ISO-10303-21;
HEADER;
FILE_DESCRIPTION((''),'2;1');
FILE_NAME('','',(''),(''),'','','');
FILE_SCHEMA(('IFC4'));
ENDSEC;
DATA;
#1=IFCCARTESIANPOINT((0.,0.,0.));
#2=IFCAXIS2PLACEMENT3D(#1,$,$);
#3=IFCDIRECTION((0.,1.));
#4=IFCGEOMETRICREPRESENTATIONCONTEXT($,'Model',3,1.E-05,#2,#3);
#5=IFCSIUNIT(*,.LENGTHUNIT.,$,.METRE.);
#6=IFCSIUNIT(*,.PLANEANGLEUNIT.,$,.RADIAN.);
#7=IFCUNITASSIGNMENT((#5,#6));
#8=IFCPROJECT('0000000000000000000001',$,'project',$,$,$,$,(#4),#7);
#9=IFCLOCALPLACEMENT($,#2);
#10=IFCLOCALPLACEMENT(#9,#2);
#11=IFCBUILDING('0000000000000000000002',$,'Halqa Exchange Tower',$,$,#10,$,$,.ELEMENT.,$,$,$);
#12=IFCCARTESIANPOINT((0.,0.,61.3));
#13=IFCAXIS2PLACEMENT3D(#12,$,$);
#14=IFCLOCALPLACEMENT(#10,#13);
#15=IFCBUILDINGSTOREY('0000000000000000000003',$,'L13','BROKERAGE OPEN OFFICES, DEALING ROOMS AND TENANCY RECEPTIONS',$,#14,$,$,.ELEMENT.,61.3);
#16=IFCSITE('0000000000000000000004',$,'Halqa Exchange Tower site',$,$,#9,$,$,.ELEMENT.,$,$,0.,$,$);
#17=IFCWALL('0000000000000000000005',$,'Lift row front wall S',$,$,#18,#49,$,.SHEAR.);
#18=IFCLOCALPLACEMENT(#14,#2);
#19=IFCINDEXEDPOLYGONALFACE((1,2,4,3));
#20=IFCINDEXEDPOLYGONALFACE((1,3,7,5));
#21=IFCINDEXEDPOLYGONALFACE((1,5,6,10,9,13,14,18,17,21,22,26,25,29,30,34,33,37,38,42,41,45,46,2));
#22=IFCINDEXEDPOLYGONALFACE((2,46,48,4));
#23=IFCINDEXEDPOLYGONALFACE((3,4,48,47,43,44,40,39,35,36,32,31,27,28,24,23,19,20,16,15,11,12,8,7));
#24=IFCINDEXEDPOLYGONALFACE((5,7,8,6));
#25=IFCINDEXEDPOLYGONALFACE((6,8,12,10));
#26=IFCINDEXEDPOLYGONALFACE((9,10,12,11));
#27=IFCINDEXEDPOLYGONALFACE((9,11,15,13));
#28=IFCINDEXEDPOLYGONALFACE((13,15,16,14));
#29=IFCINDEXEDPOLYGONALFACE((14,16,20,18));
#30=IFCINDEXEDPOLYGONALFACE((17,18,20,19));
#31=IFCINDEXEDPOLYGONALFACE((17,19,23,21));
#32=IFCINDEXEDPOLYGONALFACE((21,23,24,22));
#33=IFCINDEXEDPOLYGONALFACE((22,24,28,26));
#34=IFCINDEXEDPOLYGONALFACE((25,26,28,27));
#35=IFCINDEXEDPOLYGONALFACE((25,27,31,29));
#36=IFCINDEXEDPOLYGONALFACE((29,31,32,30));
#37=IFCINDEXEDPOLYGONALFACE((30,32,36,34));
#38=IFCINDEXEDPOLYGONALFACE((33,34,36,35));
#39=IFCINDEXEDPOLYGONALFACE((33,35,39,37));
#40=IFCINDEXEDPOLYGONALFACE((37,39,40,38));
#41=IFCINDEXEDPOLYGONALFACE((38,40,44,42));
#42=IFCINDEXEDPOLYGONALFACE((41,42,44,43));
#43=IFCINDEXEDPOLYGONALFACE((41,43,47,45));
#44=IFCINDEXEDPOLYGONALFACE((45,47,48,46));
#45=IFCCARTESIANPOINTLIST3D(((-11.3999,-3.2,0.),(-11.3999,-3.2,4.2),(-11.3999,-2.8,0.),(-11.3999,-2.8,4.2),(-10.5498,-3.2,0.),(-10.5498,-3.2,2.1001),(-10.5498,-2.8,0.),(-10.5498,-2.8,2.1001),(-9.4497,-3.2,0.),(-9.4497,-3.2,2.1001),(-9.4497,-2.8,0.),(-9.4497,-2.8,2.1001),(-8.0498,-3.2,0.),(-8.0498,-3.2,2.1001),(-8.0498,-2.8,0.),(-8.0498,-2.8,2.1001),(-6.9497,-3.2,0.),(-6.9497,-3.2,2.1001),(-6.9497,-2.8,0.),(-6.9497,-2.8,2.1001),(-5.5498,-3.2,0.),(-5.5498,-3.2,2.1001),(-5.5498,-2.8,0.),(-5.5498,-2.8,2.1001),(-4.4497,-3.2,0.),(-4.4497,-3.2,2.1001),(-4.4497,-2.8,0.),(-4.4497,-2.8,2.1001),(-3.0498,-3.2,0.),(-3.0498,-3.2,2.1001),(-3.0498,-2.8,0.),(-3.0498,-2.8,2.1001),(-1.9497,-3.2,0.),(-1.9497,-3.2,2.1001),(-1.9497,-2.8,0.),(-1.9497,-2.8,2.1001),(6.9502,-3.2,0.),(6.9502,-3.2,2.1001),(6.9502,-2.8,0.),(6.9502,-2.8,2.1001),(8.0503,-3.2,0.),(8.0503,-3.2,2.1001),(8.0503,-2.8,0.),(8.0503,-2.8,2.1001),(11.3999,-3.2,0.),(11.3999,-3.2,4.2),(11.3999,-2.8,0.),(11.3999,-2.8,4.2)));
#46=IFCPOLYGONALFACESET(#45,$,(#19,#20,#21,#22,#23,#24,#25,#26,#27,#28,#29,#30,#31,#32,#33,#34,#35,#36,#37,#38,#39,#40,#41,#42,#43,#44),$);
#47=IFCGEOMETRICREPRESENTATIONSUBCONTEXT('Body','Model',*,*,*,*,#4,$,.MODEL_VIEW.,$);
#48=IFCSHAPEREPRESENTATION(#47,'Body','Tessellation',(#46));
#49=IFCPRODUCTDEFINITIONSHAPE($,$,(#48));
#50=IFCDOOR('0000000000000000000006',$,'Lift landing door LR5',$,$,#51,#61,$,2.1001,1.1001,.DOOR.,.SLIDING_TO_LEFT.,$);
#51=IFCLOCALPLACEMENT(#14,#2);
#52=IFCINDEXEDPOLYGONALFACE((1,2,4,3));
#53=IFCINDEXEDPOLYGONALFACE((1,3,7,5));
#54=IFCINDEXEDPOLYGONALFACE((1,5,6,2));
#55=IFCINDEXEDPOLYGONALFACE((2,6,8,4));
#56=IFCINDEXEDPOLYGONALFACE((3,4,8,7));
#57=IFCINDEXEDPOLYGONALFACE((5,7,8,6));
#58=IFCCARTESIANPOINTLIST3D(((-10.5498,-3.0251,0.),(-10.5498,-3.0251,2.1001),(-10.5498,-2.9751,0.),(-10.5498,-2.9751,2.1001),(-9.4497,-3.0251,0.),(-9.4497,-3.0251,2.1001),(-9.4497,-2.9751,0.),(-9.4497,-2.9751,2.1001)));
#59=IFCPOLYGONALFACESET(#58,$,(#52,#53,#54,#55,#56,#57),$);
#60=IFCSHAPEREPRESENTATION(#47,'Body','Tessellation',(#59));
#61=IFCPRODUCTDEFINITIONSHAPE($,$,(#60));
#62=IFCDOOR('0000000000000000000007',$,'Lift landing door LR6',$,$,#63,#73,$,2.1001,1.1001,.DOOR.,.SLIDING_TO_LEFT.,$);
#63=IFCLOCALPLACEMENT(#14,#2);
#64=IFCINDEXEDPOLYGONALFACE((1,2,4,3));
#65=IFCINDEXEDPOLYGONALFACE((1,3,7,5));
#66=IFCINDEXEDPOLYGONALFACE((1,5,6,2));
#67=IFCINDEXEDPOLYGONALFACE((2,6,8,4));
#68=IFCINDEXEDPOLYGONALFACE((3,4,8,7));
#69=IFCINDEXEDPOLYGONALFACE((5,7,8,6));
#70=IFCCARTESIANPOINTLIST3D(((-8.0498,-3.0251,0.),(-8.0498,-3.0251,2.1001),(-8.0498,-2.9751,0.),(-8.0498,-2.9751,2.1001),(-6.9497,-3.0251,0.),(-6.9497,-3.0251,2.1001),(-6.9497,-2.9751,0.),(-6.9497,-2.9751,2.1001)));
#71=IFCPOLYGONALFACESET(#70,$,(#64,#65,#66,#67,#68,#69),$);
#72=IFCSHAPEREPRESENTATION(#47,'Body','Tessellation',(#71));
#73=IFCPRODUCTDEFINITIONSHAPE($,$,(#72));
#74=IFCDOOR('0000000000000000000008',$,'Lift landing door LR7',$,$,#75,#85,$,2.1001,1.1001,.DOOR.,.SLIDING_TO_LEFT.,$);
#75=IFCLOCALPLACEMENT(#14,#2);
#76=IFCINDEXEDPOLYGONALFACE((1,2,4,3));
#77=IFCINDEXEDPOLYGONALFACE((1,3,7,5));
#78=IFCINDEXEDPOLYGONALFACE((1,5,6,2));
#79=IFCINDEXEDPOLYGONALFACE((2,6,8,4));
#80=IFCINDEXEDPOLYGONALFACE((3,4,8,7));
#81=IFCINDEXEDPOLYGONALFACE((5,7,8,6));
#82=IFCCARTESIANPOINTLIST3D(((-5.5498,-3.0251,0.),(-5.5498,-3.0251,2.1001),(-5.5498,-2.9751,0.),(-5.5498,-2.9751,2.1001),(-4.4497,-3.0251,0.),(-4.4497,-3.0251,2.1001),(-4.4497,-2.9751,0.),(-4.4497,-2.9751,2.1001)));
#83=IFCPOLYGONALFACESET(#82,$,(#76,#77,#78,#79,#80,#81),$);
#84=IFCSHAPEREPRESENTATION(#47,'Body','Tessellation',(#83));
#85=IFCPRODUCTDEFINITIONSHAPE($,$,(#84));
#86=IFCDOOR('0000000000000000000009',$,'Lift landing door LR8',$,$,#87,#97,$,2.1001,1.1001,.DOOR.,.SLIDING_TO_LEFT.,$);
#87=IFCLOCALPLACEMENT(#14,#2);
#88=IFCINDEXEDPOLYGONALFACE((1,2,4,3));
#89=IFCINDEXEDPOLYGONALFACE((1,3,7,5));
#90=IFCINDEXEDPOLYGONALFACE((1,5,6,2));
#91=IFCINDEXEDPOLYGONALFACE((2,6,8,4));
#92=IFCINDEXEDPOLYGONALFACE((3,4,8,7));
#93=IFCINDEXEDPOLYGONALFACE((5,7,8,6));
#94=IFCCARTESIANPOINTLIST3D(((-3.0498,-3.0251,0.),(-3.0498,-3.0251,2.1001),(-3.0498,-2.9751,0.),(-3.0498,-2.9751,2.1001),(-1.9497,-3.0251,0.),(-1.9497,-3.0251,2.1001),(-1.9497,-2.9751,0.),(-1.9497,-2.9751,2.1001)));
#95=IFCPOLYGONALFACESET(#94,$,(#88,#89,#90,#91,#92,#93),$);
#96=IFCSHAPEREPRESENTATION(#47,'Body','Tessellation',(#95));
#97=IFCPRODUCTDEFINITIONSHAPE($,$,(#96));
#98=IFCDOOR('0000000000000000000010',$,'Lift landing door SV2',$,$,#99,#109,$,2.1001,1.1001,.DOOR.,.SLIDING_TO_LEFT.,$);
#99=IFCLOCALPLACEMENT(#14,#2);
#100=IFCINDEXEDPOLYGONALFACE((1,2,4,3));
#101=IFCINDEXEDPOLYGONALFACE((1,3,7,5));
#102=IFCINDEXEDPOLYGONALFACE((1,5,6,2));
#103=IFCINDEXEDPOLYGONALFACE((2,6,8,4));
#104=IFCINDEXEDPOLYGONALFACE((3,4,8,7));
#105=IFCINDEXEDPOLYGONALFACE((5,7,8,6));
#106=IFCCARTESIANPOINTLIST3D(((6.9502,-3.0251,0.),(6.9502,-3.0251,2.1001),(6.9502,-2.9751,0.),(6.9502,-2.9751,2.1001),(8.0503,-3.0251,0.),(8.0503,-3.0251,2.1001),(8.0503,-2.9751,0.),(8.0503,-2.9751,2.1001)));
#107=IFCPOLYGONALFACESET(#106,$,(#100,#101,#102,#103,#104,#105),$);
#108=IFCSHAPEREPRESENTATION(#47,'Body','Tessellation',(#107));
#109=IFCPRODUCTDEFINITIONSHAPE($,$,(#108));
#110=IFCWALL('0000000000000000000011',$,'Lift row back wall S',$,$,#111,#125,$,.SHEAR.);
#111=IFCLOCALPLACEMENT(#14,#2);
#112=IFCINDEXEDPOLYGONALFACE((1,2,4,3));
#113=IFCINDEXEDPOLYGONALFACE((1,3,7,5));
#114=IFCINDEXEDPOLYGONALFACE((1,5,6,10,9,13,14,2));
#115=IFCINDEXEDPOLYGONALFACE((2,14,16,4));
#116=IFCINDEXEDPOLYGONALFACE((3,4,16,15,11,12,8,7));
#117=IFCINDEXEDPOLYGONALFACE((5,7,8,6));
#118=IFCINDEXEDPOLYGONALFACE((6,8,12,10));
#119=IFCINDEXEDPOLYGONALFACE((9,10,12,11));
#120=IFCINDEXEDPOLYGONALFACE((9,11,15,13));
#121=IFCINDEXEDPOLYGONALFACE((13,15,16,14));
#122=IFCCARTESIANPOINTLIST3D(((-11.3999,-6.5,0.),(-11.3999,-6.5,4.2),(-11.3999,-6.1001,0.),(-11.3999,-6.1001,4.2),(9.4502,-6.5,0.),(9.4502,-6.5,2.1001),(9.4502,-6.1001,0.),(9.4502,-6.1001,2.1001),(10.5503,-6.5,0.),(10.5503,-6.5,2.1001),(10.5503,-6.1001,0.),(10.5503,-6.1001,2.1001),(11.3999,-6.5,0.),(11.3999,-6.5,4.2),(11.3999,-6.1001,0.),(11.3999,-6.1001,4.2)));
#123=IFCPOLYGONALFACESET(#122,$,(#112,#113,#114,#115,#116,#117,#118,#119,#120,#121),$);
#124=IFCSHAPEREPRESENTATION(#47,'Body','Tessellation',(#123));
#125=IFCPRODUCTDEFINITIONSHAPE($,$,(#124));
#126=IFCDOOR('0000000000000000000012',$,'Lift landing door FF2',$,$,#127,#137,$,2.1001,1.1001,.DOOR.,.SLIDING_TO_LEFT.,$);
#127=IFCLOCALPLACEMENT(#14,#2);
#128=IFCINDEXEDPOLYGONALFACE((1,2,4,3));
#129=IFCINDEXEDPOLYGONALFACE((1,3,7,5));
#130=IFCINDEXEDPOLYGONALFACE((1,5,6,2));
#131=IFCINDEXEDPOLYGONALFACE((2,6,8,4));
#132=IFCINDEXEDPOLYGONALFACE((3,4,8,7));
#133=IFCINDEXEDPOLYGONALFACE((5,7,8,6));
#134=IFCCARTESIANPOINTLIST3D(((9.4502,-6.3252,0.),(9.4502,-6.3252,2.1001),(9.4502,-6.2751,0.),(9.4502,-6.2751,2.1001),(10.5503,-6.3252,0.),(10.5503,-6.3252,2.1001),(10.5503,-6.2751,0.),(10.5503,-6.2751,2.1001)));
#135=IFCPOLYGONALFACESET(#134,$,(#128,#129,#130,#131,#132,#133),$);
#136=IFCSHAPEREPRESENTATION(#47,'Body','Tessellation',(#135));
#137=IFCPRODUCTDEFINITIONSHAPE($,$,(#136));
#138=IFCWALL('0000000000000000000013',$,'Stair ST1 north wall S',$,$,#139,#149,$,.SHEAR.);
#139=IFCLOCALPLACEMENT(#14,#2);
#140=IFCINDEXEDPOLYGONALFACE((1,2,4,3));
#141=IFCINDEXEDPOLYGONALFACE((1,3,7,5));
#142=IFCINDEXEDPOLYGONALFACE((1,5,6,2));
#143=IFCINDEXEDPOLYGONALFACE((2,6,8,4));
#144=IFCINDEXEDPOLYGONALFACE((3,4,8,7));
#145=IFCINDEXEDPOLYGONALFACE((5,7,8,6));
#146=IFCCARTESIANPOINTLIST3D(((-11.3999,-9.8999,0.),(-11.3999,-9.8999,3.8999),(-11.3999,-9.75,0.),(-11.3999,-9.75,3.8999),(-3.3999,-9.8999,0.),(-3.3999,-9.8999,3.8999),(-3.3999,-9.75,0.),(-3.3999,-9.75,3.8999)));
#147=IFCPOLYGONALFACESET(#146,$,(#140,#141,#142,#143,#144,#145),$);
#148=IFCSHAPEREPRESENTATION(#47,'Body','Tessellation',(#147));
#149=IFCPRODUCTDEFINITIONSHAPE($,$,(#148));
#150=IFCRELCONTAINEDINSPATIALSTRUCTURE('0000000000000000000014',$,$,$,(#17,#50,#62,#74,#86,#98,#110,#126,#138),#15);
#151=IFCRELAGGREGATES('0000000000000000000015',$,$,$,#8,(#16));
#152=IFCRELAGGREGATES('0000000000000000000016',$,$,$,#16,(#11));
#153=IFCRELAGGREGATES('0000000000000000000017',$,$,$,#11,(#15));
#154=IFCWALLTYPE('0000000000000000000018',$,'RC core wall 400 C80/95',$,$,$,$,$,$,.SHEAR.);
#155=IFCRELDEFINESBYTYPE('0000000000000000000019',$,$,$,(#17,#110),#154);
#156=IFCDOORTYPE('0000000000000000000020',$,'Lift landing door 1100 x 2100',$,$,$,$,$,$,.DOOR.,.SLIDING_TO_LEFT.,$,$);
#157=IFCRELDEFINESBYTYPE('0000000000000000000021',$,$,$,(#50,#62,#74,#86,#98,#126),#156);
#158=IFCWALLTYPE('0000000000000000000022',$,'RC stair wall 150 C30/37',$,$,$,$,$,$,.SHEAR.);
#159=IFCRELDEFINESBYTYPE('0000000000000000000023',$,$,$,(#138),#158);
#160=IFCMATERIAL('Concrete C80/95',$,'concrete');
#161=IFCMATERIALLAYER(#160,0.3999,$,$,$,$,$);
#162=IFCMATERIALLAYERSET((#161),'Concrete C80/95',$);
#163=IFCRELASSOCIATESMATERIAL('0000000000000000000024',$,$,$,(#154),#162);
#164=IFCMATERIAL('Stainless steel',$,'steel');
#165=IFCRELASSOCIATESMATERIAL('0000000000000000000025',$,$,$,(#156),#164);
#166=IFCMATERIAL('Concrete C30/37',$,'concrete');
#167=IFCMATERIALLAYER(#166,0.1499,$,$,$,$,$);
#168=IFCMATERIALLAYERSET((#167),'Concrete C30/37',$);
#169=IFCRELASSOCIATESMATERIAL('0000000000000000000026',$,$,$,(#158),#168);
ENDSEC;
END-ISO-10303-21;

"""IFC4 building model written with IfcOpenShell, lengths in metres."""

from ifc_helpers import new_model, si_unit, direction, frame, frame_2d, origin, place, context, subcontext, project, spatial, rectangle, extrude, material, layer, layer_set, type_object, element, fill, save


model = new_model("IFC4")

# Units and contexts
model_context = context("Model", 3, precision=1e-05, world=origin(), true_north=direction((0.0, 1.0)))
body_context = subcontext(model_context, "Body", "Model", "MODEL_VIEW")
ifc_project = project(units=[si_unit("LENGTHUNIT", "METRE"), si_unit("PLANEANGLEUNIT", "RADIAN")], contexts=[model_context])

# Site, building, storey
site_placement = place(None, origin())
site = spatial("IfcSite", under=ifc_project, at=site_placement, Name="Halqa Exchange Tower site", CompositionType="ELEMENT", RefElevation=0.0)
building_placement = place(site_placement, origin())
building = spatial("IfcBuilding", under=site, at=building_placement, Name="Halqa Exchange Tower", CompositionType="ELEMENT")
storey_placement = place(building_placement, frame((0.0, 0.0, 61.3)))
storey = spatial("IfcBuildingStorey", under=building, at=storey_placement, Name="L13", Description="BROKERAGE OPEN OFFICES, DEALING ROOMS AND TENANCY RECEPTIONS", CompositionType="ELEMENT", Elevation=61.3)

# Wall, openings, doors
ifc_material_1 = material(Name="Concrete C80/95", Category="concrete")
ifc_layer_1 = layer(ifc_material_1, 0.3999)
ifc_layer_set_1 = layer_set([ifc_layer_1], Name="Concrete C80/95")
wall_type_1 = type_object("IfcWallType", Name="RC core wall 400 C80/95", PredefinedType="SHEAR", material=ifc_layer_set_1)
wall_1_placement = place(storey_placement, frame((-11.3999, -3.0, 0.0), z_axis=(0.0, 0.0, 1.0), x_axis=(1.0, 0.0, 0.0)))
wall_1 = element("IfcWall", 1, at=wall_1_placement, inside=storey, type_object=wall_type_1, Name="Lift row front wall S", PredefinedType="SHEAR", context=body_context, shape_type="SweptSolid", body=[
    extrude(rectangle(XDim=22.7998, YDim=0.3999, at=frame_2d((11.3999, 0.0))), origin(), (0.0, 0.0, 1.0), 4.2),
])
opening_1_placement = place(wall_1_placement, frame((0.8501, 0.0, 0.0)))
opening_1 = element("IfcOpeningElement", 2, at=opening_1_placement, cuts=wall_1, PredefinedType="OPENING", context=body_context, shape_type="SweptSolid", body=[
    extrude(rectangle(XDim=1.1001, YDim=2.1001, at=frame_2d((0.55, 1.05))), frame((0.0, 0.2119, 0.0), z_axis=(0.0, -1.0, 0.0), x_axis=(1.0, 0.0, 0.0)), (0.0, 0.0, 1.0), 0.4238),
])
opening_2_placement = place(wall_1_placement, frame((3.3501, 0.0, 0.0)))
opening_2 = element("IfcOpeningElement", 3, at=opening_2_placement, cuts=wall_1, PredefinedType="OPENING", context=body_context, shape_type="SweptSolid", body=[
    extrude(rectangle(XDim=1.1001, YDim=2.1001, at=frame_2d((0.55, 1.05))), frame((0.0, 0.2119, 0.0), z_axis=(0.0, -1.0, 0.0), x_axis=(1.0, 0.0, 0.0)), (0.0, 0.0, 1.0), 0.4238),
])
opening_3_placement = place(wall_1_placement, frame((5.8501, 0.0, 0.0)))
opening_3 = element("IfcOpeningElement", 4, at=opening_3_placement, cuts=wall_1, PredefinedType="OPENING", context=body_context, shape_type="SweptSolid", body=[
    extrude(rectangle(XDim=1.1001, YDim=2.1001, at=frame_2d((0.55, 1.05))), frame((0.0, 0.2119, 0.0), z_axis=(0.0, -1.0, 0.0), x_axis=(1.0, 0.0, 0.0)), (0.0, 0.0, 1.0), 0.4238),
])
opening_4_placement = place(wall_1_placement, frame((8.3501, 0.0, 0.0)))
opening_4 = element("IfcOpeningElement", 5, at=opening_4_placement, cuts=wall_1, PredefinedType="OPENING", context=body_context, shape_type="SweptSolid", body=[
    extrude(rectangle(XDim=1.1001, YDim=2.1001, at=frame_2d((0.55, 1.05))), frame((0.0, 0.2119, 0.0), z_axis=(0.0, -1.0, 0.0), x_axis=(1.0, 0.0, 0.0)), (0.0, 0.0, 1.0), 0.4238),
])
opening_5_placement = place(wall_1_placement, frame((18.3501, 0.0, 0.0)))
opening_5 = element("IfcOpeningElement", 6, at=opening_5_placement, cuts=wall_1, PredefinedType="OPENING", context=body_context, shape_type="SweptSolid", body=[
    extrude(rectangle(XDim=1.1001, YDim=2.1001, at=frame_2d((0.55, 1.05))), frame((0.0, 0.2119, 0.0), z_axis=(0.0, -1.0, 0.0), x_axis=(1.0, 0.0, 0.0)), (0.0, 0.0, 1.0), 0.4238),
])
ifc_material_2 = material(Name="Stainless steel", Category="steel")
door_type = type_object("IfcDoorType", Name="Lift landing door 1100 x 2100", OperationType="SLIDING_TO_LEFT", PredefinedType="DOOR", material=ifc_material_2)
door_1_placement = place(opening_1_placement, origin())
door_1 = element("IfcDoor", 7, at=door_1_placement, inside=storey, type_object=door_type, Name="Lift landing door LR5", OperationType="SLIDING_TO_LEFT", OverallHeight=2.1001, OverallWidth=1.1001, PredefinedType="DOOR", context=body_context, shape_type="SweptSolid", body=[
    extrude(rectangle(XDim=1.1001, YDim=2.1001, at=frame_2d((0.55, 1.05))), frame((0.0, 0.0249, 0.0), z_axis=(0.0, -1.0, 0.0), x_axis=(1.0, 0.0, 0.0)), (0.0, 0.0, 1.0), 0.05),
])
fill(opening_1, door_1)
door_2_placement = place(opening_2_placement, origin())
door_2 = element("IfcDoor", 8, at=door_2_placement, inside=storey, type_object=door_type, Name="Lift landing door LR6", OperationType="SLIDING_TO_LEFT", OverallHeight=2.1001, OverallWidth=1.1001, PredefinedType="DOOR", context=body_context, shape_type="SweptSolid", body=[
    extrude(rectangle(XDim=1.1001, YDim=2.1001, at=frame_2d((0.55, 1.05))), frame((0.0, 0.0249, 0.0), z_axis=(0.0, -1.0, 0.0), x_axis=(1.0, 0.0, 0.0)), (0.0, 0.0, 1.0), 0.05),
])
fill(opening_2, door_2)
door_3_placement = place(opening_3_placement, origin())
door_3 = element("IfcDoor", 9, at=door_3_placement, inside=storey, type_object=door_type, Name="Lift landing door LR7", OperationType="SLIDING_TO_LEFT", OverallHeight=2.1001, OverallWidth=1.1001, PredefinedType="DOOR", context=body_context, shape_type="SweptSolid", body=[
    extrude(rectangle(XDim=1.1001, YDim=2.1001, at=frame_2d((0.55, 1.05))), frame((0.0, 0.0249, 0.0), z_axis=(0.0, -1.0, 0.0), x_axis=(1.0, 0.0, 0.0)), (0.0, 0.0, 1.0), 0.05),
])
fill(opening_3, door_3)
door_4_placement = place(opening_4_placement, origin())
door_4 = element("IfcDoor", 10, at=door_4_placement, inside=storey, type_object=door_type, Name="Lift landing door LR8", OperationType="SLIDING_TO_LEFT", OverallHeight=2.1001, OverallWidth=1.1001, PredefinedType="DOOR", context=body_context, shape_type="SweptSolid", body=[
    extrude(rectangle(XDim=1.1001, YDim=2.1001, at=frame_2d((0.55, 1.05))), frame((0.0, 0.0249, 0.0), z_axis=(0.0, -1.0, 0.0), x_axis=(1.0, 0.0, 0.0)), (0.0, 0.0, 1.0), 0.05),
])
fill(opening_4, door_4)
door_5_placement = place(opening_5_placement, origin())
door_5 = element("IfcDoor", 11, at=door_5_placement, inside=storey, type_object=door_type, Name="Lift landing door SV2", OperationType="SLIDING_TO_LEFT", OverallHeight=2.1001, OverallWidth=1.1001, PredefinedType="DOOR", context=body_context, shape_type="SweptSolid", body=[
    extrude(rectangle(XDim=1.1001, YDim=2.1001, at=frame_2d((0.55, 1.05))), frame((0.0, 0.0249, 0.0), z_axis=(0.0, -1.0, 0.0), x_axis=(1.0, 0.0, 0.0)), (0.0, 0.0, 1.0), 0.05),
])
fill(opening_5, door_5)

# Wall, opening, door
wall_2_placement = place(storey_placement, frame((-11.3999, -6.3, 0.0), z_axis=(0.0, 0.0, 1.0), x_axis=(1.0, 0.0, 0.0)))
wall_2 = element("IfcWall", 12, at=wall_2_placement, inside=storey, type_object=wall_type_1, Name="Lift row back wall S", PredefinedType="SHEAR", context=body_context, shape_type="SweptSolid", body=[
    extrude(rectangle(XDim=22.7998, YDim=0.3999, at=frame_2d((11.3999, 0.0))), origin(), (0.0, 0.0, 1.0), 4.2),
])
opening_6_placement = place(wall_2_placement, frame((20.8501, 0.0, 0.0)))
opening_6 = element("IfcOpeningElement", 13, at=opening_6_placement, cuts=wall_2, PredefinedType="OPENING", context=body_context, shape_type="SweptSolid", body=[
    extrude(rectangle(XDim=1.1001, YDim=2.1001, at=frame_2d((0.55, 1.05))), frame((0.0, 0.2119, 0.0), z_axis=(0.0, -1.0, 0.0), x_axis=(1.0, 0.0, 0.0)), (0.0, 0.0, 1.0), 0.4238),
])
door_6_placement = place(opening_6_placement, origin())
door_6 = element("IfcDoor", 14, at=door_6_placement, inside=storey, type_object=door_type, Name="Lift landing door FF2", OperationType="SLIDING_TO_LEFT", OverallHeight=2.1001, OverallWidth=1.1001, PredefinedType="DOOR", context=body_context, shape_type="SweptSolid", body=[
    extrude(rectangle(XDim=1.1001, YDim=2.1001, at=frame_2d((0.55, 1.05))), frame((0.0, 0.0249, 0.0), z_axis=(0.0, -1.0, 0.0), x_axis=(1.0, 0.0, 0.0)), (0.0, 0.0, 1.0), 0.05),
])
fill(opening_6, door_6)

# Wall
ifc_material_3 = material(Name="Concrete C30/37", Category="concrete")
ifc_layer_2 = layer(ifc_material_3, 0.1499)
ifc_layer_set_2 = layer_set([ifc_layer_2], Name="Concrete C30/37")
wall_type_2 = type_object("IfcWallType", Name="RC stair wall 150 C30/37", PredefinedType="SHEAR", material=ifc_layer_set_2)
wall_3_placement = place(storey_placement, frame((-11.3999, -9.825, 0.0), z_axis=(0.0, 0.0, 1.0), x_axis=(1.0, 0.0, 0.0)))
element("IfcWall", 15, at=wall_3_placement, inside=storey, type_object=wall_type_2, Name="Stair ST1 north wall S", PredefinedType="SHEAR", context=body_context, shape_type="SweptSolid", body=[
    extrude(rectangle(XDim=8.0, YDim=0.1499, at=frame_2d((4.0, 0.0))), origin(), (0.0, 0.0, 1.0), 3.8999),
])

save(model, "model.ifc")
